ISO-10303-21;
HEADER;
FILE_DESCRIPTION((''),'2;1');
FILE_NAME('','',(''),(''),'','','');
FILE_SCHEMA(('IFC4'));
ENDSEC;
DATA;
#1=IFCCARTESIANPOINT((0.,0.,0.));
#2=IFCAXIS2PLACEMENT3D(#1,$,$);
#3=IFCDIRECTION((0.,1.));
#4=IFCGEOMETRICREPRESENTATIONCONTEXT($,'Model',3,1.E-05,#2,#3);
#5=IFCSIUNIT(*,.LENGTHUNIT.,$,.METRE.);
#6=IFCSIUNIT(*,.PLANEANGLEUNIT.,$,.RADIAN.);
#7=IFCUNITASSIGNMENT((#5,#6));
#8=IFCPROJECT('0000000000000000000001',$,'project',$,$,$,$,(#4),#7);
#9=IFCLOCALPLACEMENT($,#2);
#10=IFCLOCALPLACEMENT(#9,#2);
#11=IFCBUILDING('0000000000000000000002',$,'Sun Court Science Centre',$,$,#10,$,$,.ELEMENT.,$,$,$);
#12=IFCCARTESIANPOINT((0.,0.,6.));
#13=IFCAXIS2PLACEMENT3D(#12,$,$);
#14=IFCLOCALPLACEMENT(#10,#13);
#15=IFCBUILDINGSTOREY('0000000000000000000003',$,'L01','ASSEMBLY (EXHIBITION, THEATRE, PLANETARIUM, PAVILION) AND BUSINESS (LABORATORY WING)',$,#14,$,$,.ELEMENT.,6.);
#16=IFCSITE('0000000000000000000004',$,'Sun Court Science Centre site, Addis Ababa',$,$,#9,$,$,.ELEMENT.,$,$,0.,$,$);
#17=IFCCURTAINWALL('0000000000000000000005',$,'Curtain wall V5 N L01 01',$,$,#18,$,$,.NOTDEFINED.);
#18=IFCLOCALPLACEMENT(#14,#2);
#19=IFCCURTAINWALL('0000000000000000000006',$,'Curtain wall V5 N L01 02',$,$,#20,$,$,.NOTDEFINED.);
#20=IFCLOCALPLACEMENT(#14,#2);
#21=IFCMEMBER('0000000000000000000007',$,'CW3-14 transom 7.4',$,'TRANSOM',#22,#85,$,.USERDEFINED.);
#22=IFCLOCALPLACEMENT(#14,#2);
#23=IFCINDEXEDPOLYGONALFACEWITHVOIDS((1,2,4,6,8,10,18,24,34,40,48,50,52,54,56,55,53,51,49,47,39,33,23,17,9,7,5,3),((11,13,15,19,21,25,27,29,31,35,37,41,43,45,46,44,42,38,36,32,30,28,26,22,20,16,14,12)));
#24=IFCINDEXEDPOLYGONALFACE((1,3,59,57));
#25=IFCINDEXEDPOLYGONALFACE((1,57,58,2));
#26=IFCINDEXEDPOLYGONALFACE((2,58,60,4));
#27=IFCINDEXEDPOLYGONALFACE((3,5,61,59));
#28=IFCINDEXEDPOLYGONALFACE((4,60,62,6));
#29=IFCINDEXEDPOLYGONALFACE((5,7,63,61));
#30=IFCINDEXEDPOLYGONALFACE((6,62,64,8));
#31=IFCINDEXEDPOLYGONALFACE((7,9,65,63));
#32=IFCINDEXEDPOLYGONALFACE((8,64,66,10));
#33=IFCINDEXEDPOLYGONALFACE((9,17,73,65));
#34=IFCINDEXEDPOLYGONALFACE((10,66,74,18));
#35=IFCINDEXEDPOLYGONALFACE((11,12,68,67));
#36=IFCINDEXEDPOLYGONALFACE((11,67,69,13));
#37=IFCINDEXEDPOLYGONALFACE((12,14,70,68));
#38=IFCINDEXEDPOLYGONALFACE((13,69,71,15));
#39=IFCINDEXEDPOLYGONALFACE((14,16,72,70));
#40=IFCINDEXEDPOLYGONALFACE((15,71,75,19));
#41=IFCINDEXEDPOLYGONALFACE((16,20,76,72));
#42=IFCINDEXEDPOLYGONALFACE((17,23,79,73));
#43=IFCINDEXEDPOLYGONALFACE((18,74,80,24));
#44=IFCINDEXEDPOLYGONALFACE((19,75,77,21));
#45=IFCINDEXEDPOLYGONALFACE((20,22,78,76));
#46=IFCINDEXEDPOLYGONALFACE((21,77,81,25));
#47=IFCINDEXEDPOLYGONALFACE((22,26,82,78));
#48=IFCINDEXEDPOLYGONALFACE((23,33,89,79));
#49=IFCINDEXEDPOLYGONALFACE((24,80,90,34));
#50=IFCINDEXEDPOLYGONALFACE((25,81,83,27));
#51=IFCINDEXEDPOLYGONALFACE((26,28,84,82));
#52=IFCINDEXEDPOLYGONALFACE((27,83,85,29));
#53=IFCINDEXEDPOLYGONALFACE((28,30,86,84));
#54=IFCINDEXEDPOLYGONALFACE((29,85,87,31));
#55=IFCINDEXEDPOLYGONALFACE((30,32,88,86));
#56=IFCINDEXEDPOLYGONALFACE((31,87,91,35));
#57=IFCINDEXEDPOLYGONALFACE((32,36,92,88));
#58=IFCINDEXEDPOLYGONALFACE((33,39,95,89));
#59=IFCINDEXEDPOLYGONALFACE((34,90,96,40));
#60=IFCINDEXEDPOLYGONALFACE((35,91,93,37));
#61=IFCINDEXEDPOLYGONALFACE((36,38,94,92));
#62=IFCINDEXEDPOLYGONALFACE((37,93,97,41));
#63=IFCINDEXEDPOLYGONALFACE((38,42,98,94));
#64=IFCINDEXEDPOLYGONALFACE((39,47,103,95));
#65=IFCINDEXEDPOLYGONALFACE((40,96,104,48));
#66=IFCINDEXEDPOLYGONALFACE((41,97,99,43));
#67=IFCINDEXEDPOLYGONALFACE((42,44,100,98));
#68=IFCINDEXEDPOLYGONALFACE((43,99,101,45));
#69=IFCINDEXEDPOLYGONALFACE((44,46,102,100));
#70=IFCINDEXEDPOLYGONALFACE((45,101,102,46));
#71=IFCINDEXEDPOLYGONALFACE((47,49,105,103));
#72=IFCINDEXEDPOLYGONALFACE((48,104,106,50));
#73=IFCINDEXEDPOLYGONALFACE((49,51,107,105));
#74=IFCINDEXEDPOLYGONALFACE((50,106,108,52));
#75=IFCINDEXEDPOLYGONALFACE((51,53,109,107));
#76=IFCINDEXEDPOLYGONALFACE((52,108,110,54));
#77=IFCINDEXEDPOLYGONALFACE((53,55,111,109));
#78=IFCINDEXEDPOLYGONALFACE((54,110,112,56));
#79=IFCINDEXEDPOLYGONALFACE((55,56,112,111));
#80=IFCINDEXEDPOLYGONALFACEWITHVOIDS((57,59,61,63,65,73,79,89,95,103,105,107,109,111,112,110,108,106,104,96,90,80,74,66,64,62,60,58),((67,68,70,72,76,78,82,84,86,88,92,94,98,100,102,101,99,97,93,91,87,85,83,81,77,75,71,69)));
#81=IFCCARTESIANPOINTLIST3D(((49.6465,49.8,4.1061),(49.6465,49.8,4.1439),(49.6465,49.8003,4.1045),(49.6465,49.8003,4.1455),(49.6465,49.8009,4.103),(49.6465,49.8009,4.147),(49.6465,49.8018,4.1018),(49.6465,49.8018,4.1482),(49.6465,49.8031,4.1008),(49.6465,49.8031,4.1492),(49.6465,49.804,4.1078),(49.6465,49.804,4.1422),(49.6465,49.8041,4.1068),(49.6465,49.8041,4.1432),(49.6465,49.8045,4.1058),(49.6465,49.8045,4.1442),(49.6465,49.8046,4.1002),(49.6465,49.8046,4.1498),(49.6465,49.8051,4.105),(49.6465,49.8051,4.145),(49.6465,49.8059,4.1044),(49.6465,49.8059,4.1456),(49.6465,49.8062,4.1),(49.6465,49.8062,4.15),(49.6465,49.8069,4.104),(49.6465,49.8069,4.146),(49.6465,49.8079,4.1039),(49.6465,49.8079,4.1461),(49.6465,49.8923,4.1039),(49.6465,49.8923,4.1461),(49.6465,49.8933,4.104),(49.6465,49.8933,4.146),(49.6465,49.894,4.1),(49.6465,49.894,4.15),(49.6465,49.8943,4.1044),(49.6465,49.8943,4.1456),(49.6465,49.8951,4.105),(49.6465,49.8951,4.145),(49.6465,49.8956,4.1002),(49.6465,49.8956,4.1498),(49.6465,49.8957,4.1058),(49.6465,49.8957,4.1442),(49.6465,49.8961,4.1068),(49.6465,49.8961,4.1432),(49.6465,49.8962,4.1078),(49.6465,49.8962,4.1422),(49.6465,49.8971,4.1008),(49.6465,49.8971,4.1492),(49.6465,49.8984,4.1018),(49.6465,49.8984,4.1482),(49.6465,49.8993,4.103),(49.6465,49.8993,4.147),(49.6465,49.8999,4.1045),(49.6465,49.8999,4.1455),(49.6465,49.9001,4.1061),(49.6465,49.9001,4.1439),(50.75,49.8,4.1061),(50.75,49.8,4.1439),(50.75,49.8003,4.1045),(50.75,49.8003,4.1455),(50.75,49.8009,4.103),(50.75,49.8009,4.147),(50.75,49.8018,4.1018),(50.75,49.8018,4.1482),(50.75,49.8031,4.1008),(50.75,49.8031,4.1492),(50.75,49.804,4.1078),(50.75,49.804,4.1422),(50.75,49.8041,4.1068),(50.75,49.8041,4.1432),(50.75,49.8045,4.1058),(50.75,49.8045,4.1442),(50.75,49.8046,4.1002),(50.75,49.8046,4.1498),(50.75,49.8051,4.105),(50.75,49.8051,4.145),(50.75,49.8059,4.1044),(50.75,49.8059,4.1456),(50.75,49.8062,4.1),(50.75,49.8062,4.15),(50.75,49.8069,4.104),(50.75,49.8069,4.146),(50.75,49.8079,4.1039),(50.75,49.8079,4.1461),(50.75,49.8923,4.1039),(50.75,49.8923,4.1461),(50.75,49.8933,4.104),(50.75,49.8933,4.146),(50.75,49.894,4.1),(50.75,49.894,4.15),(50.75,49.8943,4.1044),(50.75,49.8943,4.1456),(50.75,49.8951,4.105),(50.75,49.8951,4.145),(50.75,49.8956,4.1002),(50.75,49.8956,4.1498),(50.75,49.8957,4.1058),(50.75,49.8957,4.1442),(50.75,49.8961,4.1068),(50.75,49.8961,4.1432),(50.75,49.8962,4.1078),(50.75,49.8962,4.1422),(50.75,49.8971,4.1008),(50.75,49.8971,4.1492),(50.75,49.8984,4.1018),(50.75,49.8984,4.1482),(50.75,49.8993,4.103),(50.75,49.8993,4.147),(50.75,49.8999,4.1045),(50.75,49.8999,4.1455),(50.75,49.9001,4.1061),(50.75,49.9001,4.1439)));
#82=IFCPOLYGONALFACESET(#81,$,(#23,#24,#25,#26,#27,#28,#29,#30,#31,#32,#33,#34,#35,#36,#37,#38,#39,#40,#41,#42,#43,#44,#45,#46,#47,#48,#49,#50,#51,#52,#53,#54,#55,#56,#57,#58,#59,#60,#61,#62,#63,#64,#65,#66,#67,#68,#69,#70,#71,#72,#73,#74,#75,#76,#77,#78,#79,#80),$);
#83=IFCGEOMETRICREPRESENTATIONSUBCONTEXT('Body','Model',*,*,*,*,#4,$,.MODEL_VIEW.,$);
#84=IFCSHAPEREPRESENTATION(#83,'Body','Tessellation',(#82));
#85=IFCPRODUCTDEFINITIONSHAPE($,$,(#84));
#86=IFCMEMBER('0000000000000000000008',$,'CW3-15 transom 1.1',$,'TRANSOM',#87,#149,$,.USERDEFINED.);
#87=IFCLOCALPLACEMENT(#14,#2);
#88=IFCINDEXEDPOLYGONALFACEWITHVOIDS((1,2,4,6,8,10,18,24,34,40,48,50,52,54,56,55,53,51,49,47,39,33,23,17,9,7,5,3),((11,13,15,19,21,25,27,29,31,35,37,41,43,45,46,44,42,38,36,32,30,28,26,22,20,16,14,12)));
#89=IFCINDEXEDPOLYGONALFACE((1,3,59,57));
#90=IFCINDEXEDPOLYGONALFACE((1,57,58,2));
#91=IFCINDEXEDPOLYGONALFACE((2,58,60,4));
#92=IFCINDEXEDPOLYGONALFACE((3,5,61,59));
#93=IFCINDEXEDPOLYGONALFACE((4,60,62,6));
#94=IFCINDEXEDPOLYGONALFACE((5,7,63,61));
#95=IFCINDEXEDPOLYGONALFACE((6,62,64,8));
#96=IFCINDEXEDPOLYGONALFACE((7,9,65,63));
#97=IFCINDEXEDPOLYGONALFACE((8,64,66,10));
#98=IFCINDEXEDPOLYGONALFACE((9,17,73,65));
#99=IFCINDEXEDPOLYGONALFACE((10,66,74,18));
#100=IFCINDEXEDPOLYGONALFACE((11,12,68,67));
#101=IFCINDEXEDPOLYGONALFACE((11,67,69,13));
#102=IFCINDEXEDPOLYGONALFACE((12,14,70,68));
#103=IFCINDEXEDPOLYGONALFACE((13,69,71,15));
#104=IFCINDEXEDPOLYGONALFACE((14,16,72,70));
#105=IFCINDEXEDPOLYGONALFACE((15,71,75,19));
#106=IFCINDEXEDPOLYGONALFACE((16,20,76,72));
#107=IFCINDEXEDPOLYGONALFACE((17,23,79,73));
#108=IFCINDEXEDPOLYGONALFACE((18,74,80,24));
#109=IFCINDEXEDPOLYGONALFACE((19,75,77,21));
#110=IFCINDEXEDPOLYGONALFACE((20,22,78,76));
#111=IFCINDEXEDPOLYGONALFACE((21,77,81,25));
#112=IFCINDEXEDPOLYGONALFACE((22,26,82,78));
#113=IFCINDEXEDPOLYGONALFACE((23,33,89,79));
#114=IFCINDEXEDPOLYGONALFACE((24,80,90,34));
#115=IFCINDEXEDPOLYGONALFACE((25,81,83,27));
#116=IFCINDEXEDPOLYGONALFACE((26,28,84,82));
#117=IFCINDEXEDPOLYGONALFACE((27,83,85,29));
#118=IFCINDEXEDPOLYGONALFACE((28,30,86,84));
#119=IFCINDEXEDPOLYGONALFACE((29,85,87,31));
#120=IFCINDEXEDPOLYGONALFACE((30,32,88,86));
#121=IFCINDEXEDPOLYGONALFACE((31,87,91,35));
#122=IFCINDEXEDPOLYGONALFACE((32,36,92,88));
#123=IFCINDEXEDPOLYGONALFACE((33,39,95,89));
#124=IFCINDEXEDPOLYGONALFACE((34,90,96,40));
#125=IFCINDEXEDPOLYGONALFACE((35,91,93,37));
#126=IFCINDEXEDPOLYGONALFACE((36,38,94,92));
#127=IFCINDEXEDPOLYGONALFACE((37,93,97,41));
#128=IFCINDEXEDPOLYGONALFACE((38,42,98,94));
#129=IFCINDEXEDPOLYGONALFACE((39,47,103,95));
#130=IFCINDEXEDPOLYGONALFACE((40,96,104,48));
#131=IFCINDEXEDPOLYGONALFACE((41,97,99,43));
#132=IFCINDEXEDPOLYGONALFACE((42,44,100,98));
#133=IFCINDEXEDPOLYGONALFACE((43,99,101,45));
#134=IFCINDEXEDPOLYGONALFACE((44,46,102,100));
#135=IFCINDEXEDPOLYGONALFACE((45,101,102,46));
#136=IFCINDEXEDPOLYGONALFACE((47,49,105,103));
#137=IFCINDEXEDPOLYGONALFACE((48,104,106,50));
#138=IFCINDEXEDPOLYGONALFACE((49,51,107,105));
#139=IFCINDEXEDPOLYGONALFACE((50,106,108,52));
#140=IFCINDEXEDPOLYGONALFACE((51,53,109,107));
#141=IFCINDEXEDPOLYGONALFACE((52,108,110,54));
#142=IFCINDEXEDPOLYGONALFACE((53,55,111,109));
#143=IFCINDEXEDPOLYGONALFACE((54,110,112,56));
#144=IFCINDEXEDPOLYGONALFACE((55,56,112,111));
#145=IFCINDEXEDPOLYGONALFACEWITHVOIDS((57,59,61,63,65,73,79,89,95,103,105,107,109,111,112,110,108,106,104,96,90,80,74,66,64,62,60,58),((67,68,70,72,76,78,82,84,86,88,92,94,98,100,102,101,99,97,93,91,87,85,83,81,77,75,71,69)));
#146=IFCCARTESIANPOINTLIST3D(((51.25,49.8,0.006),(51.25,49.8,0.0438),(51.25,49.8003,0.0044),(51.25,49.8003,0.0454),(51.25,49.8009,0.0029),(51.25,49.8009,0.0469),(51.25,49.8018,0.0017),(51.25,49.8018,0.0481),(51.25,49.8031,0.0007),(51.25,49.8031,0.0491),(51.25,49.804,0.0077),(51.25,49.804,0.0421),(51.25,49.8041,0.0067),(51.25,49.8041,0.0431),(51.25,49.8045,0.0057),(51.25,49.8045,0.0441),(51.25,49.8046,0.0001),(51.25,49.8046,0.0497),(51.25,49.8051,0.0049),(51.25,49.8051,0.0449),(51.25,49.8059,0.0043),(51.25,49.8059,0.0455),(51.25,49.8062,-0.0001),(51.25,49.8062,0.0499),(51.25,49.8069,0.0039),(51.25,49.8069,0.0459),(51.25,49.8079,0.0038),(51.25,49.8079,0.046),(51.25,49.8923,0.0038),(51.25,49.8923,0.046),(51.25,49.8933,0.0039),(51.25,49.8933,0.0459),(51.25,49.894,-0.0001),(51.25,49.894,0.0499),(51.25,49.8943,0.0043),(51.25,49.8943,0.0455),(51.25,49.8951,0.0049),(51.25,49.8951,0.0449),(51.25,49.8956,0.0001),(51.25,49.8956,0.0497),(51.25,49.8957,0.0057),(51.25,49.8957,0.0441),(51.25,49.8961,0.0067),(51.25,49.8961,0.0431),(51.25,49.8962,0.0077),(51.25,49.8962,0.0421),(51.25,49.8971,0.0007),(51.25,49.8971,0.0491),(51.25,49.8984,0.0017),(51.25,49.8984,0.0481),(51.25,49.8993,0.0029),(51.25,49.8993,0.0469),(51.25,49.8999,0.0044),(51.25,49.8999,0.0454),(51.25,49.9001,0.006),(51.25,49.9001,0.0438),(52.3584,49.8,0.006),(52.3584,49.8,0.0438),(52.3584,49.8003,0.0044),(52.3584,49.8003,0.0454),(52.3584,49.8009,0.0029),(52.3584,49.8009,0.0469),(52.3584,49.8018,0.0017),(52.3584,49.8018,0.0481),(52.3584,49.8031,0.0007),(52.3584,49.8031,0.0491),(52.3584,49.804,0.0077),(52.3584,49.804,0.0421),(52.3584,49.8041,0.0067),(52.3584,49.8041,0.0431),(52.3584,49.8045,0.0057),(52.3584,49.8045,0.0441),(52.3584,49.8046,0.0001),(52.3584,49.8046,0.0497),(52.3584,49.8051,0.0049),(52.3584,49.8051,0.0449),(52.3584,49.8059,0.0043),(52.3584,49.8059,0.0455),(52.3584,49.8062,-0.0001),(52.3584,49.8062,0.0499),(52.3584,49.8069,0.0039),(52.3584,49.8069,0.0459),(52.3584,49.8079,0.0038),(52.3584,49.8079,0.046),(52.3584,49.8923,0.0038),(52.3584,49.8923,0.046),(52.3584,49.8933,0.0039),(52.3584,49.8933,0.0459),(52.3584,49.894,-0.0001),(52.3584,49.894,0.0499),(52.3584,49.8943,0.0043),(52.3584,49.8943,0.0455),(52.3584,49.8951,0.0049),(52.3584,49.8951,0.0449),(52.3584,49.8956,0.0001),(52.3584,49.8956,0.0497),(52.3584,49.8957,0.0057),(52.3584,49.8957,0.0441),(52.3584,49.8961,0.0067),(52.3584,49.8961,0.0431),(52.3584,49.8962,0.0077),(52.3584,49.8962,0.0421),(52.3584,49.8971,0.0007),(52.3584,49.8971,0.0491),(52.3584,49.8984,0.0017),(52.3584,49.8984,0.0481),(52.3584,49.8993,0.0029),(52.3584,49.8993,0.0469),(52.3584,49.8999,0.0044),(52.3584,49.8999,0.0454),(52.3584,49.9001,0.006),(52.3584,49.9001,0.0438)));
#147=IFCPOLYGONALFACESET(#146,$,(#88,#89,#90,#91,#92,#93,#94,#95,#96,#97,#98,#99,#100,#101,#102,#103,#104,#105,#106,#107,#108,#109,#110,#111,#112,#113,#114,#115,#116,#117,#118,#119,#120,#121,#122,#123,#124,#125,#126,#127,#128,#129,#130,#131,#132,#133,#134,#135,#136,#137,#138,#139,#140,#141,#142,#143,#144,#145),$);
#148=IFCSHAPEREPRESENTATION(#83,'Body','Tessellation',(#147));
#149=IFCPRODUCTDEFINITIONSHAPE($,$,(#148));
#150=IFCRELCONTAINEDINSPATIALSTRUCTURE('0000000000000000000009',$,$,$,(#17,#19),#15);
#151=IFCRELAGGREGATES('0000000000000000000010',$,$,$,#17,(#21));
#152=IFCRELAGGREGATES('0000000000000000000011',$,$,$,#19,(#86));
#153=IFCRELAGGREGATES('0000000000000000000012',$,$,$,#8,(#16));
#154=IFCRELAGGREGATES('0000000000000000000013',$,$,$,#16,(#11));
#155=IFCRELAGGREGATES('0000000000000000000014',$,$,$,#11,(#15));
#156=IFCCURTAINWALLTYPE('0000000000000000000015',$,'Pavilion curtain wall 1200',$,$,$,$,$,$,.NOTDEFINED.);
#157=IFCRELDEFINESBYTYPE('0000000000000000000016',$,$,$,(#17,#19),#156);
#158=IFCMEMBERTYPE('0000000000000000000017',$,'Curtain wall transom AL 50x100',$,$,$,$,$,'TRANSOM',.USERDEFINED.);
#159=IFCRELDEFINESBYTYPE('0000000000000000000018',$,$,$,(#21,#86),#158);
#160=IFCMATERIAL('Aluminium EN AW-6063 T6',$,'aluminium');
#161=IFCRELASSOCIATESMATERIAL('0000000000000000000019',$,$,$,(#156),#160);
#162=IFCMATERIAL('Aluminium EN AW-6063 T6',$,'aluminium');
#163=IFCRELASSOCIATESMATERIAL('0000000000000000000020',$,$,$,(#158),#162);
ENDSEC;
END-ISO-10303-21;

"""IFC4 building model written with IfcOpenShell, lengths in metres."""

from ifc_helpers import new_model, si_unit, direction, frame, origin, origin_2d, place, context, subcontext, project, spatial, hollow_rectangle, extrude, material, material_profile, profile_set, type_object, element, aggregate, save


model = new_model("IFC4")

# Units and contexts
model_context = context("Model", 3, precision=1e-05, world=origin(), true_north=direction((0.0, 1.0)))
body_context = subcontext(model_context, "Body", "Model", "MODEL_VIEW")
ifc_project = project(units=[si_unit("LENGTHUNIT", "METRE"), si_unit("PLANEANGLEUNIT", "RADIAN")], contexts=[model_context])

# Site, building, storey
site_placement = place(None, origin())
site = spatial("IfcSite", under=ifc_project, at=site_placement, Name="Sun Court Science Centre site, Addis Ababa", CompositionType="ELEMENT", RefElevation=0.0)
building_placement = place(site_placement, origin())
building = spatial("IfcBuilding", under=site, at=building_placement, Name="Sun Court Science Centre", CompositionType="ELEMENT")
storey_placement = place(building_placement, frame((0.0, 0.0, 6.0)))
storey = spatial("IfcBuildingStorey", under=building, at=storey_placement, Name="L01", Description="ASSEMBLY (EXHIBITION, THEATRE, PLANETARIUM, PAVILION) AND BUSINESS (LABORATORY WING)", CompositionType="ELEMENT", Elevation=6.0)

# Curtain wall
ifc_material_1 = material(Name="Aluminium EN AW-6063 T6", Category="aluminium")
curtain_wall_type = type_object("IfcCurtainWallType", Name="Pavilion curtain wall 1200", PredefinedType="NOTDEFINED", material=ifc_material_1)
curtain_wall_1_placement = place(storey_placement, origin())
curtain_wall_1 = element("IfcCurtainWall", 1, at=curtain_wall_1_placement, inside=storey, type_object=curtain_wall_type, Name="Curtain wall V5 N L01 01", PredefinedType="NOTDEFINED")

# Curtain wall
curtain_wall_2_placement = place(storey_placement, origin())
curtain_wall_2 = element("IfcCurtainWall", 2, at=curtain_wall_2_placement, inside=storey, type_object=curtain_wall_type, Name="Curtain wall V5 N L01 02", PredefinedType="NOTDEFINED")

# Members
ifc_material_2 = material(Name="Aluminium EN AW-6063 T6", Category="aluminium")
ifc_material_profile_1 = material_profile(ifc_material_2, hollow_rectangle(XDim=0.05, YDim=0.1001, WallThickness=0.0039, InnerFilletRadius=0.0039, OuterFilletRadius=0.0061, at=origin_2d()), Name="AL 50x100x4")
ifc_profile_set_1 = profile_set([ifc_material_profile_1], Name="Aluminium EN AW-6063 T6")
member_type_1 = type_object("IfcMemberType", Name="Curtain wall transom AL 50x100", ElementType="TRANSOM", PredefinedType="USERDEFINED", material=ifc_profile_set_1)
member_1_placement = place(storey_placement, frame((49.6465, 49.8501, 4.125), z_axis=(1.0, 0.0, 0.0), x_axis=(0.0, 0.0, 1.0)))
member_1 = element("IfcMember", 3, at=member_1_placement, type_object=member_type_1, Name="CW3-14 transom 7.4", ObjectType="TRANSOM", PredefinedType="USERDEFINED", context=body_context, shape_type="SweptSolid", body=[
    extrude(hollow_rectangle(XDim=0.05, YDim=0.1001, WallThickness=0.0039, InnerFilletRadius=0.0039, OuterFilletRadius=0.0061, at=origin_2d()), origin(), (0.0, 0.0, 1.0), 1.1035),
])
member_2_placement = place(storey_placement, frame((51.25, 49.8501, 0.0249), z_axis=(1.0, 0.0, 0.0), x_axis=(0.0, 0.0, 1.0)))
member_2 = element("IfcMember", 4, at=member_2_placement, type_object=member_type_1, Name="CW3-15 transom 1.1", ObjectType="TRANSOM", PredefinedType="USERDEFINED", context=body_context, shape_type="SweptSolid", body=[
    extrude(hollow_rectangle(XDim=0.05, YDim=0.1001, WallThickness=0.0039, InnerFilletRadius=0.0039, OuterFilletRadius=0.0061, at=origin_2d()), origin(), (0.0, 0.0, 1.0), 1.1084),
])

aggregate(curtain_wall_1, [member_1])
aggregate(curtain_wall_2, [member_2])

save(model, "model.ifc")
